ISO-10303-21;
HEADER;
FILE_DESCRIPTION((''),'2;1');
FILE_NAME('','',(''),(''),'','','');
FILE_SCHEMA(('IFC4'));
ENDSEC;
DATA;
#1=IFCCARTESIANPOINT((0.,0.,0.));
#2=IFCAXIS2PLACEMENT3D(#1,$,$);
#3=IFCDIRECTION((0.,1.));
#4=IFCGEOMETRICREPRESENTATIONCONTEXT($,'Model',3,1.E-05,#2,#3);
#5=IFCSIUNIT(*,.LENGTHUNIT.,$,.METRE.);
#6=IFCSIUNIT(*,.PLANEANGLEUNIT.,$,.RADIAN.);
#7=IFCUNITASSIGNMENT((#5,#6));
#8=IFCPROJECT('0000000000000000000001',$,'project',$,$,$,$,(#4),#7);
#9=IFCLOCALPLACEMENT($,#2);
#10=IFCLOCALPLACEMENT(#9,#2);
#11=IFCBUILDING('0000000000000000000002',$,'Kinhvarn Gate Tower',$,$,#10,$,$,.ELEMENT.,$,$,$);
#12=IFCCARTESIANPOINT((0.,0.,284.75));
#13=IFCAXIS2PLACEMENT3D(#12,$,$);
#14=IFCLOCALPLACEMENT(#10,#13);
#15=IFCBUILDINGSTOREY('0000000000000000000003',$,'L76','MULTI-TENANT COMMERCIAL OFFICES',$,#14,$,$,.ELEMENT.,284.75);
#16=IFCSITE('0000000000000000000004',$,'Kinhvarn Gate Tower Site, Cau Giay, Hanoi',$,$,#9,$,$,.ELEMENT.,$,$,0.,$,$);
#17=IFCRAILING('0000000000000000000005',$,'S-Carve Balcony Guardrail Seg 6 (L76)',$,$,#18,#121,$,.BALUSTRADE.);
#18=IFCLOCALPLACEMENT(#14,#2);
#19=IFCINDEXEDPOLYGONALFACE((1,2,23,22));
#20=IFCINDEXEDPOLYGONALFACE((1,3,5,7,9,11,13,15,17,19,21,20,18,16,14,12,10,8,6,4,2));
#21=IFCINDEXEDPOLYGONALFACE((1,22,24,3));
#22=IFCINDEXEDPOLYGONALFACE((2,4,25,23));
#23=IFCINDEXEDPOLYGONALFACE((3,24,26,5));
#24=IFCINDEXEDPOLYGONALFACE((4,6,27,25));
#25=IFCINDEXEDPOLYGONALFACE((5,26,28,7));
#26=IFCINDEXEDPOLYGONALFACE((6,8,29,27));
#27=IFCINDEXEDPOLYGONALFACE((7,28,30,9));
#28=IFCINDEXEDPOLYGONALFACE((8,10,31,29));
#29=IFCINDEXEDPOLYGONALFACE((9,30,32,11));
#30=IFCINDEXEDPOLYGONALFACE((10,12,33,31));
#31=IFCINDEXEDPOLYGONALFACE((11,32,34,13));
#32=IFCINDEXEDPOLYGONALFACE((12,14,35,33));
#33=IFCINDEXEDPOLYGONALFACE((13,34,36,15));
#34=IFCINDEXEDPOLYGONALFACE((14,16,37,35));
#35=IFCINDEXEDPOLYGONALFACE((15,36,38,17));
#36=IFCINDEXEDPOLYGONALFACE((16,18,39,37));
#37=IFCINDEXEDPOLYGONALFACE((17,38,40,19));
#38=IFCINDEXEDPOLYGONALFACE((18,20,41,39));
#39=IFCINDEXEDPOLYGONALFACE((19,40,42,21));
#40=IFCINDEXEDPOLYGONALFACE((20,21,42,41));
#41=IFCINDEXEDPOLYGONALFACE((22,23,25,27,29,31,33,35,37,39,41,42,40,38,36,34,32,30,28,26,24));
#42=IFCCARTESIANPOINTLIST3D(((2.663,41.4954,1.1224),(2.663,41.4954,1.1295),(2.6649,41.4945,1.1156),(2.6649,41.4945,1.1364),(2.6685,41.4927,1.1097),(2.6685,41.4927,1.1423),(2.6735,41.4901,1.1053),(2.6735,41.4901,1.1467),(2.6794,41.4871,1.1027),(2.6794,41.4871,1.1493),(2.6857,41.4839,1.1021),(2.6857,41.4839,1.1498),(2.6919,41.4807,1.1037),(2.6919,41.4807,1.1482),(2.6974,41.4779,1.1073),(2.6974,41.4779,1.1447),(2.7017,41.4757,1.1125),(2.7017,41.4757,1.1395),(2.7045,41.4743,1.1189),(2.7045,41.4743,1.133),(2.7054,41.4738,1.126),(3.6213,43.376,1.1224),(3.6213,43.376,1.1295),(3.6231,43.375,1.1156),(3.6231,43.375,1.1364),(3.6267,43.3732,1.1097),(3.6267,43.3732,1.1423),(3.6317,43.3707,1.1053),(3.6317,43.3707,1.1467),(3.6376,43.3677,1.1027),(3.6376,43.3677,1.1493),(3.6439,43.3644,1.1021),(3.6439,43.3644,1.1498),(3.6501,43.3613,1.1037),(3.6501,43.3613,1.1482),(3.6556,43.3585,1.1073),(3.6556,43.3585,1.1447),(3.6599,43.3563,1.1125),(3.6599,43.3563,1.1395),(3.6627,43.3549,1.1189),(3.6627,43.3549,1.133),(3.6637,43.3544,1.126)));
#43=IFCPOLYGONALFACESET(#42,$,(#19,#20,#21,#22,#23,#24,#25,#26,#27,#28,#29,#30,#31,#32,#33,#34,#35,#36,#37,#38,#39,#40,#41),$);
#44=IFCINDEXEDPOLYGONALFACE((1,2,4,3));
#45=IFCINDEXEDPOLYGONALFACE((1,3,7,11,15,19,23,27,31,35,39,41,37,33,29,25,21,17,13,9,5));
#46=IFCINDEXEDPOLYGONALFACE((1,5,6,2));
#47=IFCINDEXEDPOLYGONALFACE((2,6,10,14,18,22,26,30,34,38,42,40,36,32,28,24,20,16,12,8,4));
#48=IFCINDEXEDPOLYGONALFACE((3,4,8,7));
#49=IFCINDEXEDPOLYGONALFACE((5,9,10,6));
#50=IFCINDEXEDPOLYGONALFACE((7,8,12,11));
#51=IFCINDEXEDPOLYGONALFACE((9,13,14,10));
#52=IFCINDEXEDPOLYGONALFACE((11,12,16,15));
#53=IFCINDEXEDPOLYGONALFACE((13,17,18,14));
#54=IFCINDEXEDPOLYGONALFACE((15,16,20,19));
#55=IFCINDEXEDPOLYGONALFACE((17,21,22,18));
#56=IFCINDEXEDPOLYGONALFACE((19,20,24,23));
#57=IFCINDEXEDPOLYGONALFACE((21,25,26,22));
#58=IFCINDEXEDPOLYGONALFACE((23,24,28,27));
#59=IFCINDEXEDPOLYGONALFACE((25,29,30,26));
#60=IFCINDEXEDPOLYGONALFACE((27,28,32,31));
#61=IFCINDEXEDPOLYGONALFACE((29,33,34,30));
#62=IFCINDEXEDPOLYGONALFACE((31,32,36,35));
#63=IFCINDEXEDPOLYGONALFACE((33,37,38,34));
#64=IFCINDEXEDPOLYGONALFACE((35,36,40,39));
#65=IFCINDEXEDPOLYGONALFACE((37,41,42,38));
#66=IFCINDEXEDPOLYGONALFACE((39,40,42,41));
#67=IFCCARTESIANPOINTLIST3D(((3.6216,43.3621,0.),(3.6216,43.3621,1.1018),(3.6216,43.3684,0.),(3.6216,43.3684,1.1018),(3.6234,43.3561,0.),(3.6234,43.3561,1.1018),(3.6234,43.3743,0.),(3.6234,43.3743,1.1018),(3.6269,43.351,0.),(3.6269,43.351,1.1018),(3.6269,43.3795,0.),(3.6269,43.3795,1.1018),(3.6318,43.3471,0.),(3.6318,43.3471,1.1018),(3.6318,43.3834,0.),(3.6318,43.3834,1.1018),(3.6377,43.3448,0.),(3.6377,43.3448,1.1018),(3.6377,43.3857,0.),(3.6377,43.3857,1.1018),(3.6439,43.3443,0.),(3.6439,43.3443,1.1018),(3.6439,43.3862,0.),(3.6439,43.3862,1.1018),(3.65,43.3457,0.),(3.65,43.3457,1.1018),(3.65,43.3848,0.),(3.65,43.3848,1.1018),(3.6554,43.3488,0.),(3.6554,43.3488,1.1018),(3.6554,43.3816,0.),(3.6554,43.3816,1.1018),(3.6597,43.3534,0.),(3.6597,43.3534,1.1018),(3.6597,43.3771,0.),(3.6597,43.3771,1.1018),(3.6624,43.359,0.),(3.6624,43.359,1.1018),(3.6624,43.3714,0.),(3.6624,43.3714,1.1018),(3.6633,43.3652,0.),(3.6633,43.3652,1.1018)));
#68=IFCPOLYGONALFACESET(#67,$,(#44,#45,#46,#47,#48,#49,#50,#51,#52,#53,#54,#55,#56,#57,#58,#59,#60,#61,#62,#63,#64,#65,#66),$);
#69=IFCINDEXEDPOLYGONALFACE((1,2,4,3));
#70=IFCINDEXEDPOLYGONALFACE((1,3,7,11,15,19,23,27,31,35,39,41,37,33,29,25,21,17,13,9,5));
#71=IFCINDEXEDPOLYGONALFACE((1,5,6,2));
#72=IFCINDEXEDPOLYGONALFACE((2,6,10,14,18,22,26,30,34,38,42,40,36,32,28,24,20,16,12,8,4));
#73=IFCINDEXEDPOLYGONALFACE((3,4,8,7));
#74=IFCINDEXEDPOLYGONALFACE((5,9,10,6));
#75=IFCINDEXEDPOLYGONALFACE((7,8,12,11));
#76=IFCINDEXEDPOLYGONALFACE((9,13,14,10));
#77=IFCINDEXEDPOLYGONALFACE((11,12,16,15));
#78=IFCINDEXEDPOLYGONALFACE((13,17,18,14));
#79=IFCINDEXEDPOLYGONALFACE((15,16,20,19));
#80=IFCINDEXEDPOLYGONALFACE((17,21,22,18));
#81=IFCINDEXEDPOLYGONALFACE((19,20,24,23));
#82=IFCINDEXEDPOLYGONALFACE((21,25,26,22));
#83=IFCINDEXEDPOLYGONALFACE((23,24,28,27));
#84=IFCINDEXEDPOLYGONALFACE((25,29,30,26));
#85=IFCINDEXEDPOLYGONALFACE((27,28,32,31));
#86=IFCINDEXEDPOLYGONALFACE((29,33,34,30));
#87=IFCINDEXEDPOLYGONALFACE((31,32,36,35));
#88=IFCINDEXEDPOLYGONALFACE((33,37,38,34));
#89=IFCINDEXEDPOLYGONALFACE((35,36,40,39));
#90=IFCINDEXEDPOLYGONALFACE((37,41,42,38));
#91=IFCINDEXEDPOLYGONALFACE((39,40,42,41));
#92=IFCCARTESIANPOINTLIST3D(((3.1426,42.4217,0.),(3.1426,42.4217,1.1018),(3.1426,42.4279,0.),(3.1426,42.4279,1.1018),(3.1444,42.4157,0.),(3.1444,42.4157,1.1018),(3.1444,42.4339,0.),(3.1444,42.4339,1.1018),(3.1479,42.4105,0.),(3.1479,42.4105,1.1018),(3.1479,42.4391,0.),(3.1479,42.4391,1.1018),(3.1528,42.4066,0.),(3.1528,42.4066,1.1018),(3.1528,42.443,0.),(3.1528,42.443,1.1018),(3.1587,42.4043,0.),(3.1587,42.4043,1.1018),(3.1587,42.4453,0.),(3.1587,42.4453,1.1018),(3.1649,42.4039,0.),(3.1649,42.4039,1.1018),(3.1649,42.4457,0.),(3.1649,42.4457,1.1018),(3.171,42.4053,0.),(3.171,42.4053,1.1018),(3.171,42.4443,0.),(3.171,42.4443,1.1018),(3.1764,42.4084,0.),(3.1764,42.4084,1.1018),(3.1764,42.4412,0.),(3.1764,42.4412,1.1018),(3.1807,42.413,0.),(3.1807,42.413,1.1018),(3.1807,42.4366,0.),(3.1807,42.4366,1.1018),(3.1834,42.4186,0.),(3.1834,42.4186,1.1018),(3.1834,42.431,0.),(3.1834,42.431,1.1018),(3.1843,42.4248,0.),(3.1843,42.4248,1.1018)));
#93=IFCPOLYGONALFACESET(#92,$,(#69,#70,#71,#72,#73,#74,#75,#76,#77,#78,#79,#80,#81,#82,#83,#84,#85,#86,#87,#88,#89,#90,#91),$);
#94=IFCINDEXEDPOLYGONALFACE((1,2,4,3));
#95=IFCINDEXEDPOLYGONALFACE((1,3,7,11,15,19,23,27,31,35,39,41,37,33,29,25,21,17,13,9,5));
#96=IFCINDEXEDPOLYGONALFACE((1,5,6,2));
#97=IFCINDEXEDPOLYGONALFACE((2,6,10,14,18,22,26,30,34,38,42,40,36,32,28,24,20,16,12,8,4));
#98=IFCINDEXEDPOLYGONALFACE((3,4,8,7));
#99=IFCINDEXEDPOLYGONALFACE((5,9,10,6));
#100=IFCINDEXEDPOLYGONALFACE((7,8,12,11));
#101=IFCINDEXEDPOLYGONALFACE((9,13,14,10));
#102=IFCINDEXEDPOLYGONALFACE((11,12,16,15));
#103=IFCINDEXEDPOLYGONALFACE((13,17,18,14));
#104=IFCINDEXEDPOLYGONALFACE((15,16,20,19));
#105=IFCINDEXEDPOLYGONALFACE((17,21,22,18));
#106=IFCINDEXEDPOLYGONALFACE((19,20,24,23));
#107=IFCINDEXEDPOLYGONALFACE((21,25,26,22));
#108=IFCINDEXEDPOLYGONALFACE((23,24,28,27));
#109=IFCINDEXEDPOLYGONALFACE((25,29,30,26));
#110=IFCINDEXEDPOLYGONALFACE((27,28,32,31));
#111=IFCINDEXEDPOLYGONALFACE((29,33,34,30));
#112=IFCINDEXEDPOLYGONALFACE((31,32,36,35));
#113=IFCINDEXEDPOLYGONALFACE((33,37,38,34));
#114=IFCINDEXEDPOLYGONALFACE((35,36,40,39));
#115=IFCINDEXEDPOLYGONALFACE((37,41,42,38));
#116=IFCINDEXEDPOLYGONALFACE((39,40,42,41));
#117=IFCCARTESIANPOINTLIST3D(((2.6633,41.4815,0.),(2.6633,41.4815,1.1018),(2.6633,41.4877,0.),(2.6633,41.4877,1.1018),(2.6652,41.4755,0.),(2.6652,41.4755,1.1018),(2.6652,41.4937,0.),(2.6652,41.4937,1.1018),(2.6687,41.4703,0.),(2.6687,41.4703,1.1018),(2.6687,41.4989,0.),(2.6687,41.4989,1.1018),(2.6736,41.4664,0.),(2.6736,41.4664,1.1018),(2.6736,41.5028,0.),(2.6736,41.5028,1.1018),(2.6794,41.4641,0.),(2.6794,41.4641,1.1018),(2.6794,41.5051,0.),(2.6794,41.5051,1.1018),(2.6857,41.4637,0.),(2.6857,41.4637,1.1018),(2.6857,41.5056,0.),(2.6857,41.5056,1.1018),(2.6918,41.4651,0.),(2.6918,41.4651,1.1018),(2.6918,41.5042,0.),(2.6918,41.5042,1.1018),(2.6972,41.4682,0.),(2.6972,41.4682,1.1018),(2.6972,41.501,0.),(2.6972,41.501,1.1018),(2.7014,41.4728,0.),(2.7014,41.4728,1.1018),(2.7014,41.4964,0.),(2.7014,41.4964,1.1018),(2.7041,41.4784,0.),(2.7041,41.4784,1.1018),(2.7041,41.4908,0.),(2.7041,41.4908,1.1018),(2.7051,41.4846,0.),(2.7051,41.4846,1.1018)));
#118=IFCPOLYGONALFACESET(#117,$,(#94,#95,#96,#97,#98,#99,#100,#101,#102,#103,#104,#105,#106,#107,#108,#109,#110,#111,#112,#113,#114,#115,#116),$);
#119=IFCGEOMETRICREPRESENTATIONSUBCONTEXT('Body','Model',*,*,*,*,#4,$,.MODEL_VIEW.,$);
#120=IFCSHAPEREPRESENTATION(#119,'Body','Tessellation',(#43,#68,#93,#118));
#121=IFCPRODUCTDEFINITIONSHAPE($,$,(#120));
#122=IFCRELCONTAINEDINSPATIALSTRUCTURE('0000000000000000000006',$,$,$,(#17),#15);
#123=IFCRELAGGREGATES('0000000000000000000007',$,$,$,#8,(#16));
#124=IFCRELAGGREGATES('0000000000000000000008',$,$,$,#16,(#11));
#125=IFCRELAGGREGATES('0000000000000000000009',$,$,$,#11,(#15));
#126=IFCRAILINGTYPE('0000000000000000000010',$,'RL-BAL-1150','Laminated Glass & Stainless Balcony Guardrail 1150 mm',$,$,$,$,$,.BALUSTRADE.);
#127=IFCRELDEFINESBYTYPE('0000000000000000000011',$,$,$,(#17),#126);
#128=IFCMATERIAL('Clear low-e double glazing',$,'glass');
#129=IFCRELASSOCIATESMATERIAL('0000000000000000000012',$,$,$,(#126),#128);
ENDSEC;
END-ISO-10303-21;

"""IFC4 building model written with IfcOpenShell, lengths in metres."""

from ifc_helpers import new_model, si_unit, direction, frame, origin, origin_2d, place, context, subcontext, project, spatial, circle, extrude, material, type_object, element, save


model = new_model("IFC4")

# Units and contexts
model_context = context("Model", 3, precision=1e-05, world=origin(), true_north=direction((0.0, 1.0)))
body_context = subcontext(model_context, "Body", "Model", "MODEL_VIEW")
ifc_project = project(units=[si_unit("LENGTHUNIT", "METRE"), si_unit("PLANEANGLEUNIT", "RADIAN")], contexts=[model_context])

# Site, building, storey
site_placement = place(None, origin())
site = spatial("IfcSite", under=ifc_project, at=site_placement, Name="Kinhvarn Gate Tower Site, Cau Giay, Hanoi", CompositionType="ELEMENT", RefElevation=0.0)
building_placement = place(site_placement, origin())
building = spatial("IfcBuilding", under=site, at=building_placement, Name="Kinhvarn Gate Tower", CompositionType="ELEMENT")
storey_placement = place(building_placement, frame((0.0, 0.0, 284.75)))
storey = spatial("IfcBuildingStorey", under=building, at=storey_placement, Name="L76", Description="MULTI-TENANT COMMERCIAL OFFICES", CompositionType="ELEMENT", Elevation=284.75)

# Shared definitions
ifc_material_1 = material(Name="Clear low-e double glazing", Category="glass")

# Railing
railing_type = type_object("IfcRailingType", Name="RL-BAL-1150", Description="Laminated Glass & Stainless Balcony Guardrail 1150 mm", PredefinedType="BALUSTRADE", material=ifc_material_1)
railing_1_placement = place(storey_placement, frame((3.6423, 43.3652, 0.0)))
element("IfcRailing", 1, at=railing_1_placement, inside=storey, type_object=railing_type, Name="S-Carve Balcony Guardrail Seg 6 (L76)", PredefinedType="BALUSTRADE", context=body_context, shape_type="SweptSolid", body=[
    extrude(circle(Radius=0.0239, at=origin_2d()), frame((0.0, 0.0, 1.126), z_axis=(-0.454002, -0.891001, 0.0), x_axis=(0.891001, -0.454002, 0.0)), (0.0, 0.0, 1.0), 2.1106),
    extrude(circle(Radius=0.021, at=origin_2d()), origin(), (0.0, 0.0, 1.0), 1.1018),
    extrude(circle(Radius=0.021, at=origin_2d()), frame((-0.479, -0.9404, 0.0)), (0.0, 0.0, 1.0), 1.1018),
    extrude(circle(Radius=0.021, at=origin_2d()), frame((-0.9583, -1.8806, 0.0)), (0.0, 0.0, 1.0), 1.1018),
])

save(model, "model.ifc")
